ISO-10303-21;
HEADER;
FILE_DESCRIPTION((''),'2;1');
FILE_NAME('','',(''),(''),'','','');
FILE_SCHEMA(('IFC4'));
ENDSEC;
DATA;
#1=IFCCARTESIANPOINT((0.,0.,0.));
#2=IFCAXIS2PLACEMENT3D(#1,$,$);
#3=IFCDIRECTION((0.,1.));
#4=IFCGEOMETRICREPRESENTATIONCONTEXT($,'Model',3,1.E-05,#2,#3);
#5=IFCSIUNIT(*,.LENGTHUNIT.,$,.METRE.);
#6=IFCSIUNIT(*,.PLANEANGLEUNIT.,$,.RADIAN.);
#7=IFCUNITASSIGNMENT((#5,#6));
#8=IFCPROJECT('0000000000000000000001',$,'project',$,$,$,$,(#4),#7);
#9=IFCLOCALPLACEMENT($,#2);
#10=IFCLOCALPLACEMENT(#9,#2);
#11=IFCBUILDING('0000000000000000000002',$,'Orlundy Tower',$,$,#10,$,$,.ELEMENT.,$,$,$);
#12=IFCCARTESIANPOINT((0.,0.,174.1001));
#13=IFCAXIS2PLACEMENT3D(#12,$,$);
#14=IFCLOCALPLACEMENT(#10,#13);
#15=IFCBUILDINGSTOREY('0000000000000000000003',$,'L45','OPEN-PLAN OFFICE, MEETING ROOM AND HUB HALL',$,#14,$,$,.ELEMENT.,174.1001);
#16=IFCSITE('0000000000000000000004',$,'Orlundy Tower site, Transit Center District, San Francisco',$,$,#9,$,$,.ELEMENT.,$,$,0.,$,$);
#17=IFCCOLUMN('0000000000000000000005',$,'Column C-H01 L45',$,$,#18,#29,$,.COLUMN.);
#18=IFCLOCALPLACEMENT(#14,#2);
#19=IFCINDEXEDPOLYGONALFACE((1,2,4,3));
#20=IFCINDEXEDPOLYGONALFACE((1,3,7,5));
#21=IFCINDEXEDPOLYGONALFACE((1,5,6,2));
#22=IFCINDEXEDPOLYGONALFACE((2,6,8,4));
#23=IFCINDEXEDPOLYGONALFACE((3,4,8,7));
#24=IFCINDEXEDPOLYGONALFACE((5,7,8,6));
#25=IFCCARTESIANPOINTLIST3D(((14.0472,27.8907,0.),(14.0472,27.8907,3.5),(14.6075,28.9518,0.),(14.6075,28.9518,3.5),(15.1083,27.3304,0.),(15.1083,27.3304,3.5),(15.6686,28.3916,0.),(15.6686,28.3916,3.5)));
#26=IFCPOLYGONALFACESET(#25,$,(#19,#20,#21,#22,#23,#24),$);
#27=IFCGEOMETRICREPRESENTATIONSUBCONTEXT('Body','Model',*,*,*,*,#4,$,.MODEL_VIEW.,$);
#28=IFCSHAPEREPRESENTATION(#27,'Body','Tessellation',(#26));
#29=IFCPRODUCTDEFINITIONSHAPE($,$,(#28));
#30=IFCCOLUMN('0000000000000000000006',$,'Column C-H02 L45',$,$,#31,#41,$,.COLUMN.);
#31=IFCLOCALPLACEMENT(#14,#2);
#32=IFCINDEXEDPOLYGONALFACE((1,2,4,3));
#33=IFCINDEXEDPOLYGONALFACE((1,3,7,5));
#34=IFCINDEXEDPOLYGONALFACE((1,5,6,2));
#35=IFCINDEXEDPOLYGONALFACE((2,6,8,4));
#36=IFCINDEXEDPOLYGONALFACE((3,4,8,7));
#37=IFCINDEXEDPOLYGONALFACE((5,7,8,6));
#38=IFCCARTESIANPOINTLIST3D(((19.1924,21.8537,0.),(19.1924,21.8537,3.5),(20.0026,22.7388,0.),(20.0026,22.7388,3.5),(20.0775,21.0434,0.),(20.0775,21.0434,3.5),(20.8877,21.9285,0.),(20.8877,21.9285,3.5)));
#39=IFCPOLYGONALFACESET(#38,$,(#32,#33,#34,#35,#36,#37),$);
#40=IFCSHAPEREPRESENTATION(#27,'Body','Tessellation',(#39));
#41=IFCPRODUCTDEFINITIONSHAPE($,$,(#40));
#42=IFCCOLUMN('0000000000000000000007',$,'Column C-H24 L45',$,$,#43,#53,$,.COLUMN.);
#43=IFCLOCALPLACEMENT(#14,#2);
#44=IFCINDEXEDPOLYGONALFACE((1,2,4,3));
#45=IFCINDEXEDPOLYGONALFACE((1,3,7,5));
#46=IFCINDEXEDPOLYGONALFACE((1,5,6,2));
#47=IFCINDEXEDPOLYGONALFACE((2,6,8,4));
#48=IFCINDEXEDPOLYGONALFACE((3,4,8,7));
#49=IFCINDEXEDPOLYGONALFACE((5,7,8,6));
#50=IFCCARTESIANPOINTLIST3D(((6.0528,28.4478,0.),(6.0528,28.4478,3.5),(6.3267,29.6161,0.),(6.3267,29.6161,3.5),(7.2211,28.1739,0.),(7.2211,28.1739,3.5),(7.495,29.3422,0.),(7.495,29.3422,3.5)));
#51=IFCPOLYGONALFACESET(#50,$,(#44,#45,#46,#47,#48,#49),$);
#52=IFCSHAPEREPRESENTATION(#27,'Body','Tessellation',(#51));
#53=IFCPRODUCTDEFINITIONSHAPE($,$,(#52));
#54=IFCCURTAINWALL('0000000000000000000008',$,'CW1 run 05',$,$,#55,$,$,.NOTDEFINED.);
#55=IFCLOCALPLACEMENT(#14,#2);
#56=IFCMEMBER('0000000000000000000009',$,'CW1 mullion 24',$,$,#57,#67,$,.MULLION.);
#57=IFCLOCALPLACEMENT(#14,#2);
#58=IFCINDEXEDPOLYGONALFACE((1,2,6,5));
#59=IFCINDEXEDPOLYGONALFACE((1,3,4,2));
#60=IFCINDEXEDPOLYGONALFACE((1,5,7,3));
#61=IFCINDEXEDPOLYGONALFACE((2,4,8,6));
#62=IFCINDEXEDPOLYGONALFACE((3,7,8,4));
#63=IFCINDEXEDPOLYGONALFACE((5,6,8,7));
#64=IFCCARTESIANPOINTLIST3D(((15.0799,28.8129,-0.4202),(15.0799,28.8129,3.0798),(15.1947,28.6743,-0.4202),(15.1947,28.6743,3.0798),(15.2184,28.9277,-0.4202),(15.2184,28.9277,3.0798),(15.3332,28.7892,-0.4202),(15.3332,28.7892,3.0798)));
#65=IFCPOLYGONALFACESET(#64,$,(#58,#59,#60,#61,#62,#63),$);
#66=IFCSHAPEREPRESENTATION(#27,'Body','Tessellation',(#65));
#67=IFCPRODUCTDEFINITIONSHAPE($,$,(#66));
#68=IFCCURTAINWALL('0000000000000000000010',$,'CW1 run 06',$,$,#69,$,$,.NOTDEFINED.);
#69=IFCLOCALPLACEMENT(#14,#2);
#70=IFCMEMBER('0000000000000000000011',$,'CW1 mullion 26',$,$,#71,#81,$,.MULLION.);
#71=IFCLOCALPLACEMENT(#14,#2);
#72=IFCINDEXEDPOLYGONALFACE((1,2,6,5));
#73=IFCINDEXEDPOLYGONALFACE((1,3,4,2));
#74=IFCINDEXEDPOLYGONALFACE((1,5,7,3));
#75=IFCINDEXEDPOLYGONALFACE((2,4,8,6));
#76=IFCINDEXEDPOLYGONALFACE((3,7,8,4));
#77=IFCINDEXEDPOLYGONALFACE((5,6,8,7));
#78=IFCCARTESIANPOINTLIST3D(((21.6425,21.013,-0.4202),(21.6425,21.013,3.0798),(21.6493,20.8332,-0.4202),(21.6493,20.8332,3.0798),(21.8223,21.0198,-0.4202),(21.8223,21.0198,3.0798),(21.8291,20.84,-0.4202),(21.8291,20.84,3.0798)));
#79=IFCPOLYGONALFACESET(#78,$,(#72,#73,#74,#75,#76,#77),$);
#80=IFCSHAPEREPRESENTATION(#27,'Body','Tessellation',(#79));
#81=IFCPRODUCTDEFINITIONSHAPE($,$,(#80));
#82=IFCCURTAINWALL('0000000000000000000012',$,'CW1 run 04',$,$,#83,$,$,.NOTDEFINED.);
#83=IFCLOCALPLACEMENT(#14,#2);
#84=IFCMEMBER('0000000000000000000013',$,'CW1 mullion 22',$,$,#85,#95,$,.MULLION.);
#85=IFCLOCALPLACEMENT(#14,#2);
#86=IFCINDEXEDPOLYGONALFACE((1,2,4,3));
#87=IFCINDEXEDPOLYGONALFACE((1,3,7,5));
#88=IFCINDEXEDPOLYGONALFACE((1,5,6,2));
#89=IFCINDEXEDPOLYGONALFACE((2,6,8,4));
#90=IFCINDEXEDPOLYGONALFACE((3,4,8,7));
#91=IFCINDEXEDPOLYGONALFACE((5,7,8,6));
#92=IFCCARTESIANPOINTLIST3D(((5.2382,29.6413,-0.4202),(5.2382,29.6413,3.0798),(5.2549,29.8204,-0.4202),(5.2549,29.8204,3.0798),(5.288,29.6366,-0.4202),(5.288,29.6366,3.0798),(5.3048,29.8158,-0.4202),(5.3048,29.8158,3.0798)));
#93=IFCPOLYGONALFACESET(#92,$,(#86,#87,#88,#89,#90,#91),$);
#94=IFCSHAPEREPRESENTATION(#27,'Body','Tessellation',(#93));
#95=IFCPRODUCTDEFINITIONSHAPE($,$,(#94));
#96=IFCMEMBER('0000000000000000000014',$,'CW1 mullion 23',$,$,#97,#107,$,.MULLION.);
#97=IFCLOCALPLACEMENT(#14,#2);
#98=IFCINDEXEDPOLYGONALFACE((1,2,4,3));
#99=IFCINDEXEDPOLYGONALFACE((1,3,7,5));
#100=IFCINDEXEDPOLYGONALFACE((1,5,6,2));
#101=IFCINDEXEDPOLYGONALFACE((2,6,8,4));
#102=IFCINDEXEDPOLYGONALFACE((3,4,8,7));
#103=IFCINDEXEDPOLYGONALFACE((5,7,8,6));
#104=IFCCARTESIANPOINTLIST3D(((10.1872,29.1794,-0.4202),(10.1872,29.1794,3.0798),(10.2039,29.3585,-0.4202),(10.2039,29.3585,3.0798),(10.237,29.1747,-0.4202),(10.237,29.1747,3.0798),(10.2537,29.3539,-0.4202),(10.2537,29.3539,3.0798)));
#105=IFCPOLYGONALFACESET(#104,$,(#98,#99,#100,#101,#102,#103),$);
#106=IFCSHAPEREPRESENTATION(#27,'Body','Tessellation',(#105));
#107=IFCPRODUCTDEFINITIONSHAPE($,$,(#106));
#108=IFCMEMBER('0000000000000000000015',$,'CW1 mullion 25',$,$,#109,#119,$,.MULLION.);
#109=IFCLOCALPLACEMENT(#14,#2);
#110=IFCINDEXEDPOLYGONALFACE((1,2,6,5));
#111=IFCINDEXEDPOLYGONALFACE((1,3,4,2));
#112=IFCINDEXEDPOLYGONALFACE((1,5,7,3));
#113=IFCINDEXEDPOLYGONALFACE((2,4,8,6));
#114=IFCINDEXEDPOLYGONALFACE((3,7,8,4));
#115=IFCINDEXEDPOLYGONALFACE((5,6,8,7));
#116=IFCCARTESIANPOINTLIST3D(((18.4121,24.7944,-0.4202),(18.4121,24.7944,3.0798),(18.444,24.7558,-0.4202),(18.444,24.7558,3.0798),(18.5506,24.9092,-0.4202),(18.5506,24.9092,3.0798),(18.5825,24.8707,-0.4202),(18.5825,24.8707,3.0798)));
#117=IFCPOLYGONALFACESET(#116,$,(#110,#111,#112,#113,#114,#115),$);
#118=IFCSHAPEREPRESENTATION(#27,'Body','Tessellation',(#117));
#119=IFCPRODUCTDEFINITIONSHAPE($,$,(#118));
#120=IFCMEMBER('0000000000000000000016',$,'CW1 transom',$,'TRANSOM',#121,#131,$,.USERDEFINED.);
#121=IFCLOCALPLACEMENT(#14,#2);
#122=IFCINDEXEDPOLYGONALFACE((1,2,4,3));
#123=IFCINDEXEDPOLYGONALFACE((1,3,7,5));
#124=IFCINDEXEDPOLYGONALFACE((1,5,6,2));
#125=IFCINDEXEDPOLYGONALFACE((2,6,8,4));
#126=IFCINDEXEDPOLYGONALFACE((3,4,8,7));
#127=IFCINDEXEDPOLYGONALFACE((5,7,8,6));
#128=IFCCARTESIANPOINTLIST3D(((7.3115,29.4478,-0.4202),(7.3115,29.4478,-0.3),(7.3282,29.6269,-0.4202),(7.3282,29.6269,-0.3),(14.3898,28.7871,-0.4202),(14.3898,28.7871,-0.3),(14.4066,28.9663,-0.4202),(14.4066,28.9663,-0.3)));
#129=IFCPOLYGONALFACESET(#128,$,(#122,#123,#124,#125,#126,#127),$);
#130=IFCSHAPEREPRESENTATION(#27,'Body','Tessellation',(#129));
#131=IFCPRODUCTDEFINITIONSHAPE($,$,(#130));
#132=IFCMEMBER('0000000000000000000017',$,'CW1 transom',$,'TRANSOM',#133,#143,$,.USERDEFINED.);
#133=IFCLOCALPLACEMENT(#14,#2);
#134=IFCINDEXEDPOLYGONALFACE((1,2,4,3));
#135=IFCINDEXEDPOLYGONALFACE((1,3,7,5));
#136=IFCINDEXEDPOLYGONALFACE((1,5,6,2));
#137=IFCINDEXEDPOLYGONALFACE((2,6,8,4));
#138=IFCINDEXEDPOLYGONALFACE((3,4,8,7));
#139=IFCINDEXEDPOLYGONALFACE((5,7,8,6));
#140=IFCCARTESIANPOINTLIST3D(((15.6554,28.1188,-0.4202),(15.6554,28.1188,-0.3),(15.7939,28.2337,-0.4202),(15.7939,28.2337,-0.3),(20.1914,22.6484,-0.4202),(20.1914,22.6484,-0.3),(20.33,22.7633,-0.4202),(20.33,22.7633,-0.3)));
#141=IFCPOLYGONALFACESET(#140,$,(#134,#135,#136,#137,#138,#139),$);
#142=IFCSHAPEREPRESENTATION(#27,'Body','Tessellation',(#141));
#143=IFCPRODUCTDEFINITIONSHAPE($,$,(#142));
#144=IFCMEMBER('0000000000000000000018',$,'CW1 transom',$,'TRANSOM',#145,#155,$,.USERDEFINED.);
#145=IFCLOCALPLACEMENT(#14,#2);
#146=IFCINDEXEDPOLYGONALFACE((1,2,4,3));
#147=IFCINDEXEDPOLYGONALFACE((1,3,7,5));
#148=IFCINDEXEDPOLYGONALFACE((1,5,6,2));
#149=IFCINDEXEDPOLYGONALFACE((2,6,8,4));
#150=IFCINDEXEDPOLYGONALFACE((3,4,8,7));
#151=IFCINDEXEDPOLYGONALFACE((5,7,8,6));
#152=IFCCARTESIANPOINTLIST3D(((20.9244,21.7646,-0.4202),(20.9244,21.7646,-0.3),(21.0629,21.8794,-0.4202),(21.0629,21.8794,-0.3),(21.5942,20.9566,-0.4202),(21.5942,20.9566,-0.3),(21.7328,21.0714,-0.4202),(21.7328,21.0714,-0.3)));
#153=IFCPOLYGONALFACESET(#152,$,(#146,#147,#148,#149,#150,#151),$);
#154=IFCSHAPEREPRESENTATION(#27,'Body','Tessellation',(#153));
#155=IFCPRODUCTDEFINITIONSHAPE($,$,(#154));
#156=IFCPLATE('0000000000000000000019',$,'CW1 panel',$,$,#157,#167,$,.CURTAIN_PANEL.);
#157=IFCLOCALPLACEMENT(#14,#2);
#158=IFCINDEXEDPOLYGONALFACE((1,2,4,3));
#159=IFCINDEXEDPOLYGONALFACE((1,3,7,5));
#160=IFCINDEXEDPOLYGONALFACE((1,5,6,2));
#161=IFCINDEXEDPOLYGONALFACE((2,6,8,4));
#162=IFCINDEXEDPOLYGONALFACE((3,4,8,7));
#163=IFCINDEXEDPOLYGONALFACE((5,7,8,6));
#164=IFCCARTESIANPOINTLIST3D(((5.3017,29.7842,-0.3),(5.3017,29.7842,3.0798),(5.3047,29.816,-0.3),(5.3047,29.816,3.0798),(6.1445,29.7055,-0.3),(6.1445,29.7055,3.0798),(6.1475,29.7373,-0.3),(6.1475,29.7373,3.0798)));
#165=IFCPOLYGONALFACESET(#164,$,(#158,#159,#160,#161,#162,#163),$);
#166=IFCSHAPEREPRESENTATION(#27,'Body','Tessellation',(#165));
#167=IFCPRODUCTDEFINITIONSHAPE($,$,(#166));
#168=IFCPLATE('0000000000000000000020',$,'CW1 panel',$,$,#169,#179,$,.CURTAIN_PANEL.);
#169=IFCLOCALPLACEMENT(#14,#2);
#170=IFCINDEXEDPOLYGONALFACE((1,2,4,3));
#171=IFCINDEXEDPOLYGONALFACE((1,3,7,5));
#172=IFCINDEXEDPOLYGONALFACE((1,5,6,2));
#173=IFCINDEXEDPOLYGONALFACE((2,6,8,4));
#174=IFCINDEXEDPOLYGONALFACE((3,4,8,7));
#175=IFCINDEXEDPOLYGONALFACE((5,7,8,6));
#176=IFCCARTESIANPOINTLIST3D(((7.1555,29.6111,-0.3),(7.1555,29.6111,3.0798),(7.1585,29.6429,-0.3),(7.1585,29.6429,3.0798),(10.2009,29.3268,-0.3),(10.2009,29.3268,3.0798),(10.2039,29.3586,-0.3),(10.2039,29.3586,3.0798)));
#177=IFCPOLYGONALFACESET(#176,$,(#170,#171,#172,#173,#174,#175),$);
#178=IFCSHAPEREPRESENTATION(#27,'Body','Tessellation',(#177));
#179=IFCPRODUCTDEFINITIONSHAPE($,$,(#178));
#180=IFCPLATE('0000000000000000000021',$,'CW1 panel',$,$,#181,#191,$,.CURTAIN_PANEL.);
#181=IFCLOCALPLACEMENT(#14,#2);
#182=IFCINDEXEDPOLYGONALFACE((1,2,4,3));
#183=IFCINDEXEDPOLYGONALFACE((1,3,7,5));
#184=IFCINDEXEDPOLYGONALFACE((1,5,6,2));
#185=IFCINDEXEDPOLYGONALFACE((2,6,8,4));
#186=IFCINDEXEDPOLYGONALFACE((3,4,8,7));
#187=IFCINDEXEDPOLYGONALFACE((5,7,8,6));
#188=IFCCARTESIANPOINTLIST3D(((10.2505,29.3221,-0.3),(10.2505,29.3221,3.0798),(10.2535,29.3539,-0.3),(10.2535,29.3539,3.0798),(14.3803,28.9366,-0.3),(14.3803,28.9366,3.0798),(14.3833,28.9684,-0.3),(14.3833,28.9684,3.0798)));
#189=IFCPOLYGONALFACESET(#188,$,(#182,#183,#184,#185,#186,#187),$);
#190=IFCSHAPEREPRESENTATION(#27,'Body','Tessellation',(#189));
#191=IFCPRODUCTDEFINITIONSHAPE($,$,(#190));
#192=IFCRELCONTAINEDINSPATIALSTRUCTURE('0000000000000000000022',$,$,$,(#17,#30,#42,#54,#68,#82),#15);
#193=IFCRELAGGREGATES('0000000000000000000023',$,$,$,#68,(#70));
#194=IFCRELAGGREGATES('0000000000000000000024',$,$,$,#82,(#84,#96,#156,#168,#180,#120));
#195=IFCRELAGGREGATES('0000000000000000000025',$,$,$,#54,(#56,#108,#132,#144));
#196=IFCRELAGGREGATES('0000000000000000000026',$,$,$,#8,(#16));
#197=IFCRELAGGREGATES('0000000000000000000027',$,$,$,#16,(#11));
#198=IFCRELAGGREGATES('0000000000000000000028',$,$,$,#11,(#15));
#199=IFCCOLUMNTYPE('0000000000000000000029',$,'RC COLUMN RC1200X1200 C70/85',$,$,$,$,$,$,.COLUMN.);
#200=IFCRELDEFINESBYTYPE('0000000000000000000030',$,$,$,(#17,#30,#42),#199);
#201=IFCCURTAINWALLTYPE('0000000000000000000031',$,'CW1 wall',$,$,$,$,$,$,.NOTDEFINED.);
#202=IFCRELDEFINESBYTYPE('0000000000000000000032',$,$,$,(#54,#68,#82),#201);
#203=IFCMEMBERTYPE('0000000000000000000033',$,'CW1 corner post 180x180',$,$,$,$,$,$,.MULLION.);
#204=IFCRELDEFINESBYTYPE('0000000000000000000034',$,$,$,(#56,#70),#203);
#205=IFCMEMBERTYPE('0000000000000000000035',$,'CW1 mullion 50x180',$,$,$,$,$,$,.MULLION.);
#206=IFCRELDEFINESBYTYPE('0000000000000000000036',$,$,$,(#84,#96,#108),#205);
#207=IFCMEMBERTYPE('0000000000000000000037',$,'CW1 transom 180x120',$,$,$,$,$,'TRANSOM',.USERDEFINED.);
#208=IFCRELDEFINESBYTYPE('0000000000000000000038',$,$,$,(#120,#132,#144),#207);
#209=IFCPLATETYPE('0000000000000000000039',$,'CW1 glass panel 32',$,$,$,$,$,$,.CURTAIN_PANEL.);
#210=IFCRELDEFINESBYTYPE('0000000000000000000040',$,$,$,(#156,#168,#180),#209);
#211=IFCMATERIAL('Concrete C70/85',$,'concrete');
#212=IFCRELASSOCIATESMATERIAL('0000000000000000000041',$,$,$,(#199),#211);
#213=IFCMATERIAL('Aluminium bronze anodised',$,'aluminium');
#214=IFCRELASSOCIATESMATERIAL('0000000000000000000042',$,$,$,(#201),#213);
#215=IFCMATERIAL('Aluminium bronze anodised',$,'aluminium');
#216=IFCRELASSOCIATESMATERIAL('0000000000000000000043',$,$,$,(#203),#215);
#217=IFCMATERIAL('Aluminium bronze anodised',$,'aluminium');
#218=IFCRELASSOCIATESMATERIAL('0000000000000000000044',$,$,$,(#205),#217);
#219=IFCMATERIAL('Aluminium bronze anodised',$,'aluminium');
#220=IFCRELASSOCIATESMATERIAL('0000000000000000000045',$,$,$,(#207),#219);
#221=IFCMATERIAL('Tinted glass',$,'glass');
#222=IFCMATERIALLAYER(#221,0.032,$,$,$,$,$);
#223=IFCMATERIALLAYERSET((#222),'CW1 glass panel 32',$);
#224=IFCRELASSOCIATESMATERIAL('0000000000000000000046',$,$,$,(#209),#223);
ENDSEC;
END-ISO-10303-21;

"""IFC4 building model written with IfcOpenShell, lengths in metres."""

from ifc_helpers import new_model, si_unit, direction, frame, origin, origin_2d, place, context, subcontext, project, spatial, rectangle, extrude, material, layer, layer_set, material_profile, profile_set, type_object, element, aggregate, save


model = new_model("IFC4")

# Units and contexts
model_context = context("Model", 3, precision=1e-05, world=origin(), true_north=direction((0.0, 1.0)))
body_context = subcontext(model_context, "Body", "Model", "MODEL_VIEW")
ifc_project = project(units=[si_unit("LENGTHUNIT", "METRE"), si_unit("PLANEANGLEUNIT", "RADIAN")], contexts=[model_context])

# Site, building, storey
site_placement = place(None, origin())
site = spatial("IfcSite", under=ifc_project, at=site_placement, Name="Orlundy Tower site, Transit Center District, San Francisco", CompositionType="ELEMENT", RefElevation=0.0)
building_placement = place(site_placement, origin())
building = spatial("IfcBuilding", under=site, at=building_placement, Name="Orlundy Tower", CompositionType="ELEMENT")
storey_placement = place(building_placement, frame((0.0, 0.0, 174.1001)))
storey = spatial("IfcBuildingStorey", under=building, at=storey_placement, Name="L45", Description="OPEN-PLAN OFFICE, MEETING ROOM AND HUB HALL", CompositionType="ELEMENT", Elevation=174.1001)

# Columns
ifc_material_1 = material(Name="Concrete C70/85", Category="concrete")
ifc_material_profile_1 = material_profile(ifc_material_1, rectangle(XDim=1.2, YDim=1.2, at=origin_2d()), Name="RC1200X1200")
ifc_profile_set_1 = profile_set([ifc_material_profile_1], Name="Concrete C70/85")
column_type = type_object("IfcColumnType", Name="RC COLUMN RC1200X1200 C70/85", PredefinedType="COLUMN", material=ifc_profile_set_1)
for number, where, z_axis, x_axis, name in (
    (1, (14.8579, 28.1411, 0.0), (0.0, 0.0, 1.0), (0.466896, 0.884312, 0.0), "Column C-H01 L45"),
    (2, (20.04, 21.8911, 0.0), (0.0, 0.0, 1.0), (0.67523, 0.737607, 0.0), "Column C-H02 L45"),
    (3, (6.7739, 28.895, 0.0), (0.0, 0.0, 1.0), (0.228249, 0.973603, 0.0), "Column C-H24 L45"),
):
    element("IfcColumn", number, at=place(storey_placement, frame(where, z_axis=z_axis, x_axis=x_axis)), inside=storey, type_object=column_type, Name=name, PredefinedType="COLUMN", context=body_context, shape_type="SweptSolid", body=[
        extrude(rectangle(XDim=1.2, YDim=1.2, at=origin_2d()), origin(), (0.0, 0.0, 1.0), 3.5),
    ])

# Curtain walls, members
ifc_material_2 = material(Name="Aluminium bronze anodised", Category="aluminium")
curtain_wall_type = type_object("IfcCurtainWallType", Name="CW1 wall", PredefinedType="NOTDEFINED", material=ifc_material_2)
curtain_wall_1_placement = place(storey_placement, origin())
curtain_wall_1 = element("IfcCurtainWall", 4, at=curtain_wall_1_placement, inside=storey, type_object=curtain_wall_type, Name="CW1 run 05", PredefinedType="NOTDEFINED")
ifc_material_3 = material(Name="Aluminium bronze anodised", Category="aluminium")
ifc_material_profile_2 = material_profile(ifc_material_3, rectangle(XDim=0.1799, YDim=0.1799, at=origin_2d()), Name="CW1 corner post 180x180")
ifc_profile_set_2 = profile_set([ifc_material_profile_2], Name="Aluminium bronze anodised")
member_type_1 = type_object("IfcMemberType", Name="CW1 corner post 180x180", PredefinedType="MULLION", material=ifc_profile_set_2)
member_1_placement = place(storey_placement, frame((15.2065, 28.801, -0.4202), z_axis=(0.0, 0.0, 1.0), x_axis=(0.769788, 0.638299, 0.0)))
member_1 = element("IfcMember", 5, at=member_1_placement, type_object=member_type_1, Name="CW1 mullion 24", PredefinedType="MULLION", context=body_context, shape_type="SweptSolid", body=[
    extrude(rectangle(XDim=0.1799, YDim=0.1799, at=origin_2d()), origin(), (0.0, 0.0, 1.0), 3.5),
])
curtain_wall_2_placement = place(storey_placement, origin())
curtain_wall_2 = element("IfcCurtainWall", 6, at=curtain_wall_2_placement, inside=storey, type_object=curtain_wall_type, Name="CW1 run 06", PredefinedType="NOTDEFINED")
member_2_placement = place(storey_placement, frame((21.7358, 20.9265, -0.4202), z_axis=(0.0, 0.0, 1.0), x_axis=(-0.037837, 0.999284, 0.0)))
member_2 = element("IfcMember", 7, at=member_2_placement, type_object=member_type_1, Name="CW1 mullion 26", PredefinedType="MULLION", context=body_context, shape_type="SweptSolid", body=[
    extrude(rectangle(XDim=0.1799, YDim=0.1799, at=origin_2d()), origin(), (0.0, 0.0, 1.0), 3.5),
])
aggregate(curtain_wall_2, [member_2])

# Curtain wall, members
curtain_wall_3_placement = place(storey_placement, origin())
curtain_wall_3 = element("IfcCurtainWall", 8, at=curtain_wall_3_placement, inside=storey, type_object=curtain_wall_type, Name="CW1 run 04", PredefinedType="NOTDEFINED")
ifc_material_4 = material(Name="Aluminium bronze anodised", Category="aluminium")
ifc_material_profile_3 = material_profile(ifc_material_4, rectangle(XDim=0.1799, YDim=0.05, at=origin_2d()), Name="CW1 mullion 50x180")
ifc_profile_set_3 = profile_set([ifc_material_profile_3], Name="Aluminium bronze anodised")
member_type_2 = type_object("IfcMemberType", Name="CW1 mullion 50x180", PredefinedType="MULLION", material=ifc_profile_set_3)
member_3_placement = place(storey_placement, frame((5.2715, 29.7285, -0.4202), z_axis=(0.0, 0.0, 1.0), x_axis=(0.092948, 0.995671, 0.0)))
member_3 = element("IfcMember", 9, at=member_3_placement, type_object=member_type_2, Name="CW1 mullion 22", PredefinedType="MULLION", context=body_context, shape_type="SweptSolid", body=[
    extrude(rectangle(XDim=0.1799, YDim=0.05, at=origin_2d()), origin(), (0.0, 0.0, 1.0), 3.5),
])
member_4_placement = place(storey_placement, frame((10.2205, 29.2666, -0.4202), z_axis=(0.0, 0.0, 1.0), x_axis=(0.092948, 0.995671, 0.0)))
member_4 = element("IfcMember", 10, at=member_4_placement, type_object=member_type_2, Name="CW1 mullion 23", PredefinedType="MULLION", context=body_context, shape_type="SweptSolid", body=[
    extrude(rectangle(XDim=0.1799, YDim=0.05, at=origin_2d()), origin(), (0.0, 0.0, 1.0), 3.5),
])

# Members
member_5_placement = place(storey_placement, frame((18.4973, 24.8325, -0.4202), z_axis=(0.0, 0.0, 1.0), x_axis=(0.769788, 0.638299, 0.0)))
member_5 = element("IfcMember", 11, at=member_5_placement, type_object=member_type_2, Name="CW1 mullion 25", PredefinedType="MULLION", context=body_context, shape_type="SweptSolid", body=[
    extrude(rectangle(XDim=0.1799, YDim=0.05, at=origin_2d()), origin(), (0.0, 0.0, 1.0), 3.5),
])
ifc_material_5 = material(Name="Aluminium bronze anodised", Category="aluminium")
ifc_material_profile_4 = material_profile(ifc_material_5, rectangle(XDim=0.1799, YDim=0.1201, at=origin_2d()), Name="CW1 transom 180x120")
ifc_profile_set_4 = profile_set([ifc_material_profile_4], Name="Aluminium bronze anodised")
member_type_3 = type_object("IfcMemberType", Name="CW1 transom 180x120", ElementType="TRANSOM", PredefinedType="USERDEFINED", material=ifc_profile_set_4)
member_6_placement = place(storey_placement, frame((7.3198, 29.5374, -0.3601), z_axis=(0.995673, -0.092929, 0.0), x_axis=(0.092929, 0.995673, 0.0)))
member_6 = element("IfcMember", 12, at=member_6_placement, type_object=member_type_3, Name="CW1 transom", ObjectType="TRANSOM", PredefinedType="USERDEFINED", context=body_context, shape_type="SweptSolid", body=[
    extrude(rectangle(XDim=0.1799, YDim=0.1201, at=origin_2d()), origin(), (0.0, 0.0, 1.0), 7.1091),
])
member_7_placement = place(storey_placement, frame((15.7246, 28.1763, -0.3601), z_axis=(0.638307, -0.769782, 0.0), x_axis=(0.769782, 0.638307, 0.0)))
member_7 = element("IfcMember", 13, at=member_7_placement, type_object=member_type_3, Name="CW1 transom", ObjectType="TRANSOM", PredefinedType="USERDEFINED", context=body_context, shape_type="SweptSolid", body=[
    extrude(rectangle(XDim=0.1799, YDim=0.1201, at=origin_2d()), origin(), (0.0, 0.0, 1.0), 7.1064),
])
member_8_placement = place(storey_placement, frame((20.9937, 21.822, -0.3601), z_axis=(0.638215, -0.769858, 0.0), x_axis=(0.769858, 0.638215, 0.0)))
member_8 = element("IfcMember", 14, at=member_8_placement, type_object=member_type_3, Name="CW1 transom", ObjectType="TRANSOM", PredefinedType="USERDEFINED", context=body_context, shape_type="SweptSolid", body=[
    extrude(rectangle(XDim=0.1799, YDim=0.1201, at=origin_2d()), origin(), (0.0, 0.0, 1.0), 1.0496),
])

# Plates
ifc_material_6 = material(Name="Tinted glass", Category="glass")
ifc_layer_1 = layer(ifc_material_6, 0.032)
ifc_layer_set_1 = layer_set([ifc_layer_1], Name="CW1 glass panel 32")
plate_type = type_object("IfcPlateType", Name="CW1 glass panel 32", PredefinedType="CURTAIN_PANEL", material=ifc_layer_set_1)
plate_1_placement = place(storey_placement, frame((5.7246, 29.7607, -0.3), z_axis=(0.0, 0.0, 1.0), x_axis=(0.995671, -0.092948, 0.0)))
plate_1 = element("IfcPlate", 15, at=plate_1_placement, type_object=plate_type, Name="CW1 panel", PredefinedType="CURTAIN_PANEL", context=body_context, shape_type="SweptSolid", body=[
    extrude(rectangle(XDim=0.8464, YDim=0.032, at=origin_2d()), origin(), (0.0, 0.0, 1.0), 3.3799),
])
plate_2_placement = place(storey_placement, frame((8.6797, 29.4849, -0.3), z_axis=(0.0, 0.0, 1.0), x_axis=(0.995671, -0.092948, 0.0)))
plate_2 = element("IfcPlate", 16, at=plate_2_placement, type_object=plate_type, Name="CW1 panel", PredefinedType="CURTAIN_PANEL", context=body_context, shape_type="SweptSolid", body=[
    extrude(rectangle(XDim=3.0586, YDim=0.032, at=origin_2d()), origin(), (0.0, 0.0, 1.0), 3.3799),
])
plate_3_placement = place(storey_placement, frame((12.3169, 29.1453, -0.3), z_axis=(0.0, 0.0, 1.0), x_axis=(0.995671, -0.092948, 0.0)))
plate_3 = element("IfcPlate", 17, at=plate_3_placement, type_object=plate_type, Name="CW1 panel", PredefinedType="CURTAIN_PANEL", context=body_context, shape_type="SweptSolid", body=[
    extrude(rectangle(XDim=4.1477, YDim=0.032, at=origin_2d()), origin(), (0.0, 0.0, 1.0), 3.3799),
])
aggregate(curtain_wall_3, [member_3, member_4, plate_1, plate_2, plate_3, member_6])
aggregate(curtain_wall_1, [member_1, member_5, member_7, member_8])

save(model, "model.ifc")
